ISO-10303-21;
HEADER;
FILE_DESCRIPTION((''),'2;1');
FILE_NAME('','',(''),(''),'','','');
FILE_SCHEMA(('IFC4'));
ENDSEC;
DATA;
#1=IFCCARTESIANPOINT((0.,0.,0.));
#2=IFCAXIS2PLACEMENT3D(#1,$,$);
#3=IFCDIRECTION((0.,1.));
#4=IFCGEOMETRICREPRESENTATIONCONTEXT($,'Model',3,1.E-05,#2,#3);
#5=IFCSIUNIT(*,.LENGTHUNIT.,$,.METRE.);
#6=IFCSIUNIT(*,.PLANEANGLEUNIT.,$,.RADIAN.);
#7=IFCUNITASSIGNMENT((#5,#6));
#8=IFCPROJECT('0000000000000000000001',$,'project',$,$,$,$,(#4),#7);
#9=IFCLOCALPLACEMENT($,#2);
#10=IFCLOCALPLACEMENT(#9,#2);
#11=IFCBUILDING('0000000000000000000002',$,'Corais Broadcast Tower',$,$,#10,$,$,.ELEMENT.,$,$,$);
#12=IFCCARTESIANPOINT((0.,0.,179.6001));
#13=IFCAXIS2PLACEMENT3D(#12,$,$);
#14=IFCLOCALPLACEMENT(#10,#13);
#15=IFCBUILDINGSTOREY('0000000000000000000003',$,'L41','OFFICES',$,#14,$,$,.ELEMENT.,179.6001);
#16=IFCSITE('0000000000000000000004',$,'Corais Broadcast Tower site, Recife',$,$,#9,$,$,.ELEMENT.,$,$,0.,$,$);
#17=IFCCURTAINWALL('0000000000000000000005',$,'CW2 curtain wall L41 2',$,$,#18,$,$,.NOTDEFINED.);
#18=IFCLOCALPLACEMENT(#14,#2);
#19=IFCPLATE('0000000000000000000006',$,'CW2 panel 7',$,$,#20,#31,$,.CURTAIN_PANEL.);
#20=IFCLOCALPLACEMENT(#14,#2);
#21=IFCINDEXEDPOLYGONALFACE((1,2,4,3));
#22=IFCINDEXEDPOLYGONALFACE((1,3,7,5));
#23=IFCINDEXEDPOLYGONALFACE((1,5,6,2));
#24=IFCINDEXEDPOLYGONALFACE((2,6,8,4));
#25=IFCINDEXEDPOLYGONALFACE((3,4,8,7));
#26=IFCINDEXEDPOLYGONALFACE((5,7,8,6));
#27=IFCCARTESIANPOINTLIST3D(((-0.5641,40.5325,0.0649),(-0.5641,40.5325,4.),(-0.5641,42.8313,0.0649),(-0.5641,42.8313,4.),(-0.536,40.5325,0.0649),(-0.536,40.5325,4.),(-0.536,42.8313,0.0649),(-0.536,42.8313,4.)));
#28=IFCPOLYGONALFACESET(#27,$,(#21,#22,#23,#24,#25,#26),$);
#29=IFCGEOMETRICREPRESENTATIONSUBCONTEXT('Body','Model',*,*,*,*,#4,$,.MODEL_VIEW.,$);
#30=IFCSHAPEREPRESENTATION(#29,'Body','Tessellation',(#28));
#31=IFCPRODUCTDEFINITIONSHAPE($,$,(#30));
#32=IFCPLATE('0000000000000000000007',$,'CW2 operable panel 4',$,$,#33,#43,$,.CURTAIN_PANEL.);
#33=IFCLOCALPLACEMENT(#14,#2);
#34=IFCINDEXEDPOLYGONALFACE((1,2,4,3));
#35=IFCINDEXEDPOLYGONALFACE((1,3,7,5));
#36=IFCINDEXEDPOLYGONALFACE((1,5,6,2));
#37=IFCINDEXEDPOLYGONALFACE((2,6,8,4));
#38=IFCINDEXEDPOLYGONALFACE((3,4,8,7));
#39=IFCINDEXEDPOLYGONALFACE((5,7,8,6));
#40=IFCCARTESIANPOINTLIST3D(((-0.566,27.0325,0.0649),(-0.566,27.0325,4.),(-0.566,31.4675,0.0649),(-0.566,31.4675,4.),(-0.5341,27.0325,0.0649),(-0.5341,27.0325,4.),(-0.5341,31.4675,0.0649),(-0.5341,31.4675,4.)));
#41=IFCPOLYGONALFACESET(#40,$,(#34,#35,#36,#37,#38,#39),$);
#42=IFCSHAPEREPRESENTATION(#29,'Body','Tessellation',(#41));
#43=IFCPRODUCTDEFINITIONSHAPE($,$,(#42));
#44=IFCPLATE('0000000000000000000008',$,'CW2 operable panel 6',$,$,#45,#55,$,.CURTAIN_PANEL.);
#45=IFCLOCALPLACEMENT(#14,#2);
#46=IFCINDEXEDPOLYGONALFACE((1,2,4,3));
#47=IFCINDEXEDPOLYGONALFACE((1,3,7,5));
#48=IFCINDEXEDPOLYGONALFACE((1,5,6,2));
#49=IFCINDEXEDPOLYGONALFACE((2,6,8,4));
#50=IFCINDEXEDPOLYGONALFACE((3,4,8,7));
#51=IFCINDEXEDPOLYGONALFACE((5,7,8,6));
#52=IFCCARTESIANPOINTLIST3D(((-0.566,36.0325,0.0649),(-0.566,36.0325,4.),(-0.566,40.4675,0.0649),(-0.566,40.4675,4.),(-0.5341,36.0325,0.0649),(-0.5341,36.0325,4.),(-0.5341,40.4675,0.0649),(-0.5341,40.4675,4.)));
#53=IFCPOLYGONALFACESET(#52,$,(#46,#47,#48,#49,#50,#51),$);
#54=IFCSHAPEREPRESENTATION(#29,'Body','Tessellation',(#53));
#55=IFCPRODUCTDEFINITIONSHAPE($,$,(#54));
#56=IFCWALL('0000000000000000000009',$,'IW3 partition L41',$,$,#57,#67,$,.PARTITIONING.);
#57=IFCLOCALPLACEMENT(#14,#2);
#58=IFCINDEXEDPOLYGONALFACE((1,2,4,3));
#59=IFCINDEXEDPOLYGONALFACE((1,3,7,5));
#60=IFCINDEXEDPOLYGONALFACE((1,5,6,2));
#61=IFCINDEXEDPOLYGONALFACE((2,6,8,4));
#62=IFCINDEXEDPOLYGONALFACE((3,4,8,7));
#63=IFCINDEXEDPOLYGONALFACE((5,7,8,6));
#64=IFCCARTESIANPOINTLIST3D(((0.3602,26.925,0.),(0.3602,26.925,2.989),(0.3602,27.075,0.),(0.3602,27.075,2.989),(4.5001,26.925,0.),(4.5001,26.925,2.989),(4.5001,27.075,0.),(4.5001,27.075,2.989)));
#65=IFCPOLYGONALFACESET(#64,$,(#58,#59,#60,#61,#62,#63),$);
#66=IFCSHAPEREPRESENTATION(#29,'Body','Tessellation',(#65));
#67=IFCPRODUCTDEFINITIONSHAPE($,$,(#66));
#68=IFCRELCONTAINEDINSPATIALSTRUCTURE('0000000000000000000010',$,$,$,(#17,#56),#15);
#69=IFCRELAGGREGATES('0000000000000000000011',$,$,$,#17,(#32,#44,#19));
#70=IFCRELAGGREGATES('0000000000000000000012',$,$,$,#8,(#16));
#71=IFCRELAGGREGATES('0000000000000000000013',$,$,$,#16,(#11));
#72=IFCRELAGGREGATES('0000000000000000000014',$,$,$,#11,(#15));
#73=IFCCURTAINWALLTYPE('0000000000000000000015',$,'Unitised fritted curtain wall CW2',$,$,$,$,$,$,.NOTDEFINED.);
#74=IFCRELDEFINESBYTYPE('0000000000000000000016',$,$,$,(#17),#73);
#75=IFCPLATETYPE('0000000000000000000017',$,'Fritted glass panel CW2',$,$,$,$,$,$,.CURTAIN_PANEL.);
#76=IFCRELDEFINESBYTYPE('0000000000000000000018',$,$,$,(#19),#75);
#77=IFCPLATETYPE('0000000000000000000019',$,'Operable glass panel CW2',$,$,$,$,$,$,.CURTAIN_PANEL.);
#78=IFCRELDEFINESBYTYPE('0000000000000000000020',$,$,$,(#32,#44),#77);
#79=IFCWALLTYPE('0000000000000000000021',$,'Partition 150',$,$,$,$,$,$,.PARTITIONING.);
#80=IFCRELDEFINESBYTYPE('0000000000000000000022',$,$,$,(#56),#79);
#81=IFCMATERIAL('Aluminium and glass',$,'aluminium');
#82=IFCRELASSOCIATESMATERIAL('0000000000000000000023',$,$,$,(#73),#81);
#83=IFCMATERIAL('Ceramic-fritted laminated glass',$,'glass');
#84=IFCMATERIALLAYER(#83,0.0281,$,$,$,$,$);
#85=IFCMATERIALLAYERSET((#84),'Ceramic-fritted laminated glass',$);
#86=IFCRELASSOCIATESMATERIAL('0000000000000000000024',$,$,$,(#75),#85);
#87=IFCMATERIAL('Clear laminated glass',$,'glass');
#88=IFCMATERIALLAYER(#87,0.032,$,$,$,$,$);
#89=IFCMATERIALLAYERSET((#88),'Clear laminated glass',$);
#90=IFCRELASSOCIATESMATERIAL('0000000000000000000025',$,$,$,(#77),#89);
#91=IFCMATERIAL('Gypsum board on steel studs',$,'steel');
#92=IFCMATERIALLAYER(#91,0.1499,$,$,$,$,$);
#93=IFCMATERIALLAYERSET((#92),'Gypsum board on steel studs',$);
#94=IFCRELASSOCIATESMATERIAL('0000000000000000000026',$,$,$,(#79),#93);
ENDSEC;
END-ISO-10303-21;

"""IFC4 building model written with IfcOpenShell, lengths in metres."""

from ifc_helpers import new_model, si_unit, direction, frame, frame_2d, origin, origin_2d, place, context, subcontext, project, spatial, rectangle, extrude, material, layer, layer_set, type_object, element, aggregate, save


model = new_model("IFC4")

# Units and contexts
model_context = context("Model", 3, precision=1e-05, world=origin(), true_north=direction((0.0, 1.0)))
body_context = subcontext(model_context, "Body", "Model", "MODEL_VIEW")
ifc_project = project(units=[si_unit("LENGTHUNIT", "METRE"), si_unit("PLANEANGLEUNIT", "RADIAN")], contexts=[model_context])

# Site, building, storey
site_placement = place(None, origin())
site = spatial("IfcSite", under=ifc_project, at=site_placement, Name="Corais Broadcast Tower site, Recife", CompositionType="ELEMENT", RefElevation=0.0)
building_placement = place(site_placement, origin())
building = spatial("IfcBuilding", under=site, at=building_placement, Name="Corais Broadcast Tower", CompositionType="ELEMENT")
storey_placement = place(building_placement, frame((0.0, 0.0, 179.6001)))
storey = spatial("IfcBuildingStorey", under=building, at=storey_placement, Name="L41", Description="OFFICES", CompositionType="ELEMENT", Elevation=179.6001)

# Curtain wall
ifc_material_1 = material(Name="Aluminium and glass", Category="aluminium")
curtain_wall_type = type_object("IfcCurtainWallType", Name="Unitised fritted curtain wall CW2", PredefinedType="NOTDEFINED", material=ifc_material_1)
curtain_wall_placement = place(storey_placement, origin())
curtain_wall = element("IfcCurtainWall", 1, at=curtain_wall_placement, inside=storey, type_object=curtain_wall_type, Name="CW2 curtain wall L41 2", PredefinedType="NOTDEFINED")

# Plates
ifc_material_2 = material(Name="Ceramic-fritted laminated glass", Category="glass")
ifc_layer_1 = layer(ifc_material_2, 0.0281)
ifc_layer_set_1 = layer_set([ifc_layer_1], Name="Ceramic-fritted laminated glass")
plate_type_1 = type_object("IfcPlateType", Name="Fritted glass panel CW2", PredefinedType="CURTAIN_PANEL", material=ifc_layer_set_1)
plate_1_placement = place(storey_placement, frame((-0.55, 41.6819, 0.0649), z_axis=(0.0, 0.0, 1.0), x_axis=(0.0, 1.0, 0.0)))
plate_1 = element("IfcPlate", 2, at=plate_1_placement, type_object=plate_type_1, Name="CW2 panel 7", PredefinedType="CURTAIN_PANEL", context=body_context, shape_type="SweptSolid", body=[
    extrude(rectangle(XDim=2.2988, YDim=0.0281, at=origin_2d()), origin(), (0.0, 0.0, 1.0), 3.9351),
])
ifc_material_3 = material(Name="Clear laminated glass", Category="glass")
ifc_layer_2 = layer(ifc_material_3, 0.032)
ifc_layer_set_2 = layer_set([ifc_layer_2], Name="Clear laminated glass")
plate_type_2 = type_object("IfcPlateType", Name="Operable glass panel CW2", PredefinedType="CURTAIN_PANEL", material=ifc_layer_set_2)
plate_2_placement = place(storey_placement, frame((-0.55, 29.25, 0.0649), z_axis=(0.0, 0.0, 1.0), x_axis=(0.0, 1.0, 0.0)))
plate_2 = element("IfcPlate", 3, at=plate_2_placement, type_object=plate_type_2, Name="CW2 operable panel 4", PredefinedType="CURTAIN_PANEL", context=body_context, shape_type="SweptSolid", body=[
    extrude(rectangle(XDim=4.4351, YDim=0.032, at=origin_2d()), origin(), (0.0, 0.0, 1.0), 3.9351),
])
plate_3_placement = place(storey_placement, frame((-0.55, 38.25, 0.0649), z_axis=(0.0, 0.0, 1.0), x_axis=(0.0, 1.0, 0.0)))
plate_3 = element("IfcPlate", 4, at=plate_3_placement, type_object=plate_type_2, Name="CW2 operable panel 6", PredefinedType="CURTAIN_PANEL", context=body_context, shape_type="SweptSolid", body=[
    extrude(rectangle(XDim=4.4351, YDim=0.032, at=origin_2d()), origin(), (0.0, 0.0, 1.0), 3.9351),
])
aggregate(curtain_wall, [plate_2, plate_3, plate_1])

# Wall
ifc_material_4 = material(Name="Gypsum board on steel studs", Category="steel")
ifc_layer_3 = layer(ifc_material_4, 0.1499)
ifc_layer_set_3 = layer_set([ifc_layer_3], Name="Gypsum board on steel studs")
wall_type = type_object("IfcWallType", Name="Partition 150", PredefinedType="PARTITIONING", material=ifc_layer_set_3)
wall_placement = place(storey_placement, frame((4.5, 27.0, 0.0), z_axis=(0.0, 0.0, 1.0), x_axis=(-1.0, 0.0, 0.0)))
element("IfcWall", 5, at=wall_placement, inside=storey, type_object=wall_type, Name="IW3 partition L41", PredefinedType="PARTITIONING", context=body_context, shape_type="SweptSolid", body=[
    extrude(rectangle(XDim=4.1399, YDim=0.1499, at=frame_2d((2.0698, 0.0))), origin(), (0.0, 0.0, 1.0), 2.989),
])

save(model, "model.ifc")
